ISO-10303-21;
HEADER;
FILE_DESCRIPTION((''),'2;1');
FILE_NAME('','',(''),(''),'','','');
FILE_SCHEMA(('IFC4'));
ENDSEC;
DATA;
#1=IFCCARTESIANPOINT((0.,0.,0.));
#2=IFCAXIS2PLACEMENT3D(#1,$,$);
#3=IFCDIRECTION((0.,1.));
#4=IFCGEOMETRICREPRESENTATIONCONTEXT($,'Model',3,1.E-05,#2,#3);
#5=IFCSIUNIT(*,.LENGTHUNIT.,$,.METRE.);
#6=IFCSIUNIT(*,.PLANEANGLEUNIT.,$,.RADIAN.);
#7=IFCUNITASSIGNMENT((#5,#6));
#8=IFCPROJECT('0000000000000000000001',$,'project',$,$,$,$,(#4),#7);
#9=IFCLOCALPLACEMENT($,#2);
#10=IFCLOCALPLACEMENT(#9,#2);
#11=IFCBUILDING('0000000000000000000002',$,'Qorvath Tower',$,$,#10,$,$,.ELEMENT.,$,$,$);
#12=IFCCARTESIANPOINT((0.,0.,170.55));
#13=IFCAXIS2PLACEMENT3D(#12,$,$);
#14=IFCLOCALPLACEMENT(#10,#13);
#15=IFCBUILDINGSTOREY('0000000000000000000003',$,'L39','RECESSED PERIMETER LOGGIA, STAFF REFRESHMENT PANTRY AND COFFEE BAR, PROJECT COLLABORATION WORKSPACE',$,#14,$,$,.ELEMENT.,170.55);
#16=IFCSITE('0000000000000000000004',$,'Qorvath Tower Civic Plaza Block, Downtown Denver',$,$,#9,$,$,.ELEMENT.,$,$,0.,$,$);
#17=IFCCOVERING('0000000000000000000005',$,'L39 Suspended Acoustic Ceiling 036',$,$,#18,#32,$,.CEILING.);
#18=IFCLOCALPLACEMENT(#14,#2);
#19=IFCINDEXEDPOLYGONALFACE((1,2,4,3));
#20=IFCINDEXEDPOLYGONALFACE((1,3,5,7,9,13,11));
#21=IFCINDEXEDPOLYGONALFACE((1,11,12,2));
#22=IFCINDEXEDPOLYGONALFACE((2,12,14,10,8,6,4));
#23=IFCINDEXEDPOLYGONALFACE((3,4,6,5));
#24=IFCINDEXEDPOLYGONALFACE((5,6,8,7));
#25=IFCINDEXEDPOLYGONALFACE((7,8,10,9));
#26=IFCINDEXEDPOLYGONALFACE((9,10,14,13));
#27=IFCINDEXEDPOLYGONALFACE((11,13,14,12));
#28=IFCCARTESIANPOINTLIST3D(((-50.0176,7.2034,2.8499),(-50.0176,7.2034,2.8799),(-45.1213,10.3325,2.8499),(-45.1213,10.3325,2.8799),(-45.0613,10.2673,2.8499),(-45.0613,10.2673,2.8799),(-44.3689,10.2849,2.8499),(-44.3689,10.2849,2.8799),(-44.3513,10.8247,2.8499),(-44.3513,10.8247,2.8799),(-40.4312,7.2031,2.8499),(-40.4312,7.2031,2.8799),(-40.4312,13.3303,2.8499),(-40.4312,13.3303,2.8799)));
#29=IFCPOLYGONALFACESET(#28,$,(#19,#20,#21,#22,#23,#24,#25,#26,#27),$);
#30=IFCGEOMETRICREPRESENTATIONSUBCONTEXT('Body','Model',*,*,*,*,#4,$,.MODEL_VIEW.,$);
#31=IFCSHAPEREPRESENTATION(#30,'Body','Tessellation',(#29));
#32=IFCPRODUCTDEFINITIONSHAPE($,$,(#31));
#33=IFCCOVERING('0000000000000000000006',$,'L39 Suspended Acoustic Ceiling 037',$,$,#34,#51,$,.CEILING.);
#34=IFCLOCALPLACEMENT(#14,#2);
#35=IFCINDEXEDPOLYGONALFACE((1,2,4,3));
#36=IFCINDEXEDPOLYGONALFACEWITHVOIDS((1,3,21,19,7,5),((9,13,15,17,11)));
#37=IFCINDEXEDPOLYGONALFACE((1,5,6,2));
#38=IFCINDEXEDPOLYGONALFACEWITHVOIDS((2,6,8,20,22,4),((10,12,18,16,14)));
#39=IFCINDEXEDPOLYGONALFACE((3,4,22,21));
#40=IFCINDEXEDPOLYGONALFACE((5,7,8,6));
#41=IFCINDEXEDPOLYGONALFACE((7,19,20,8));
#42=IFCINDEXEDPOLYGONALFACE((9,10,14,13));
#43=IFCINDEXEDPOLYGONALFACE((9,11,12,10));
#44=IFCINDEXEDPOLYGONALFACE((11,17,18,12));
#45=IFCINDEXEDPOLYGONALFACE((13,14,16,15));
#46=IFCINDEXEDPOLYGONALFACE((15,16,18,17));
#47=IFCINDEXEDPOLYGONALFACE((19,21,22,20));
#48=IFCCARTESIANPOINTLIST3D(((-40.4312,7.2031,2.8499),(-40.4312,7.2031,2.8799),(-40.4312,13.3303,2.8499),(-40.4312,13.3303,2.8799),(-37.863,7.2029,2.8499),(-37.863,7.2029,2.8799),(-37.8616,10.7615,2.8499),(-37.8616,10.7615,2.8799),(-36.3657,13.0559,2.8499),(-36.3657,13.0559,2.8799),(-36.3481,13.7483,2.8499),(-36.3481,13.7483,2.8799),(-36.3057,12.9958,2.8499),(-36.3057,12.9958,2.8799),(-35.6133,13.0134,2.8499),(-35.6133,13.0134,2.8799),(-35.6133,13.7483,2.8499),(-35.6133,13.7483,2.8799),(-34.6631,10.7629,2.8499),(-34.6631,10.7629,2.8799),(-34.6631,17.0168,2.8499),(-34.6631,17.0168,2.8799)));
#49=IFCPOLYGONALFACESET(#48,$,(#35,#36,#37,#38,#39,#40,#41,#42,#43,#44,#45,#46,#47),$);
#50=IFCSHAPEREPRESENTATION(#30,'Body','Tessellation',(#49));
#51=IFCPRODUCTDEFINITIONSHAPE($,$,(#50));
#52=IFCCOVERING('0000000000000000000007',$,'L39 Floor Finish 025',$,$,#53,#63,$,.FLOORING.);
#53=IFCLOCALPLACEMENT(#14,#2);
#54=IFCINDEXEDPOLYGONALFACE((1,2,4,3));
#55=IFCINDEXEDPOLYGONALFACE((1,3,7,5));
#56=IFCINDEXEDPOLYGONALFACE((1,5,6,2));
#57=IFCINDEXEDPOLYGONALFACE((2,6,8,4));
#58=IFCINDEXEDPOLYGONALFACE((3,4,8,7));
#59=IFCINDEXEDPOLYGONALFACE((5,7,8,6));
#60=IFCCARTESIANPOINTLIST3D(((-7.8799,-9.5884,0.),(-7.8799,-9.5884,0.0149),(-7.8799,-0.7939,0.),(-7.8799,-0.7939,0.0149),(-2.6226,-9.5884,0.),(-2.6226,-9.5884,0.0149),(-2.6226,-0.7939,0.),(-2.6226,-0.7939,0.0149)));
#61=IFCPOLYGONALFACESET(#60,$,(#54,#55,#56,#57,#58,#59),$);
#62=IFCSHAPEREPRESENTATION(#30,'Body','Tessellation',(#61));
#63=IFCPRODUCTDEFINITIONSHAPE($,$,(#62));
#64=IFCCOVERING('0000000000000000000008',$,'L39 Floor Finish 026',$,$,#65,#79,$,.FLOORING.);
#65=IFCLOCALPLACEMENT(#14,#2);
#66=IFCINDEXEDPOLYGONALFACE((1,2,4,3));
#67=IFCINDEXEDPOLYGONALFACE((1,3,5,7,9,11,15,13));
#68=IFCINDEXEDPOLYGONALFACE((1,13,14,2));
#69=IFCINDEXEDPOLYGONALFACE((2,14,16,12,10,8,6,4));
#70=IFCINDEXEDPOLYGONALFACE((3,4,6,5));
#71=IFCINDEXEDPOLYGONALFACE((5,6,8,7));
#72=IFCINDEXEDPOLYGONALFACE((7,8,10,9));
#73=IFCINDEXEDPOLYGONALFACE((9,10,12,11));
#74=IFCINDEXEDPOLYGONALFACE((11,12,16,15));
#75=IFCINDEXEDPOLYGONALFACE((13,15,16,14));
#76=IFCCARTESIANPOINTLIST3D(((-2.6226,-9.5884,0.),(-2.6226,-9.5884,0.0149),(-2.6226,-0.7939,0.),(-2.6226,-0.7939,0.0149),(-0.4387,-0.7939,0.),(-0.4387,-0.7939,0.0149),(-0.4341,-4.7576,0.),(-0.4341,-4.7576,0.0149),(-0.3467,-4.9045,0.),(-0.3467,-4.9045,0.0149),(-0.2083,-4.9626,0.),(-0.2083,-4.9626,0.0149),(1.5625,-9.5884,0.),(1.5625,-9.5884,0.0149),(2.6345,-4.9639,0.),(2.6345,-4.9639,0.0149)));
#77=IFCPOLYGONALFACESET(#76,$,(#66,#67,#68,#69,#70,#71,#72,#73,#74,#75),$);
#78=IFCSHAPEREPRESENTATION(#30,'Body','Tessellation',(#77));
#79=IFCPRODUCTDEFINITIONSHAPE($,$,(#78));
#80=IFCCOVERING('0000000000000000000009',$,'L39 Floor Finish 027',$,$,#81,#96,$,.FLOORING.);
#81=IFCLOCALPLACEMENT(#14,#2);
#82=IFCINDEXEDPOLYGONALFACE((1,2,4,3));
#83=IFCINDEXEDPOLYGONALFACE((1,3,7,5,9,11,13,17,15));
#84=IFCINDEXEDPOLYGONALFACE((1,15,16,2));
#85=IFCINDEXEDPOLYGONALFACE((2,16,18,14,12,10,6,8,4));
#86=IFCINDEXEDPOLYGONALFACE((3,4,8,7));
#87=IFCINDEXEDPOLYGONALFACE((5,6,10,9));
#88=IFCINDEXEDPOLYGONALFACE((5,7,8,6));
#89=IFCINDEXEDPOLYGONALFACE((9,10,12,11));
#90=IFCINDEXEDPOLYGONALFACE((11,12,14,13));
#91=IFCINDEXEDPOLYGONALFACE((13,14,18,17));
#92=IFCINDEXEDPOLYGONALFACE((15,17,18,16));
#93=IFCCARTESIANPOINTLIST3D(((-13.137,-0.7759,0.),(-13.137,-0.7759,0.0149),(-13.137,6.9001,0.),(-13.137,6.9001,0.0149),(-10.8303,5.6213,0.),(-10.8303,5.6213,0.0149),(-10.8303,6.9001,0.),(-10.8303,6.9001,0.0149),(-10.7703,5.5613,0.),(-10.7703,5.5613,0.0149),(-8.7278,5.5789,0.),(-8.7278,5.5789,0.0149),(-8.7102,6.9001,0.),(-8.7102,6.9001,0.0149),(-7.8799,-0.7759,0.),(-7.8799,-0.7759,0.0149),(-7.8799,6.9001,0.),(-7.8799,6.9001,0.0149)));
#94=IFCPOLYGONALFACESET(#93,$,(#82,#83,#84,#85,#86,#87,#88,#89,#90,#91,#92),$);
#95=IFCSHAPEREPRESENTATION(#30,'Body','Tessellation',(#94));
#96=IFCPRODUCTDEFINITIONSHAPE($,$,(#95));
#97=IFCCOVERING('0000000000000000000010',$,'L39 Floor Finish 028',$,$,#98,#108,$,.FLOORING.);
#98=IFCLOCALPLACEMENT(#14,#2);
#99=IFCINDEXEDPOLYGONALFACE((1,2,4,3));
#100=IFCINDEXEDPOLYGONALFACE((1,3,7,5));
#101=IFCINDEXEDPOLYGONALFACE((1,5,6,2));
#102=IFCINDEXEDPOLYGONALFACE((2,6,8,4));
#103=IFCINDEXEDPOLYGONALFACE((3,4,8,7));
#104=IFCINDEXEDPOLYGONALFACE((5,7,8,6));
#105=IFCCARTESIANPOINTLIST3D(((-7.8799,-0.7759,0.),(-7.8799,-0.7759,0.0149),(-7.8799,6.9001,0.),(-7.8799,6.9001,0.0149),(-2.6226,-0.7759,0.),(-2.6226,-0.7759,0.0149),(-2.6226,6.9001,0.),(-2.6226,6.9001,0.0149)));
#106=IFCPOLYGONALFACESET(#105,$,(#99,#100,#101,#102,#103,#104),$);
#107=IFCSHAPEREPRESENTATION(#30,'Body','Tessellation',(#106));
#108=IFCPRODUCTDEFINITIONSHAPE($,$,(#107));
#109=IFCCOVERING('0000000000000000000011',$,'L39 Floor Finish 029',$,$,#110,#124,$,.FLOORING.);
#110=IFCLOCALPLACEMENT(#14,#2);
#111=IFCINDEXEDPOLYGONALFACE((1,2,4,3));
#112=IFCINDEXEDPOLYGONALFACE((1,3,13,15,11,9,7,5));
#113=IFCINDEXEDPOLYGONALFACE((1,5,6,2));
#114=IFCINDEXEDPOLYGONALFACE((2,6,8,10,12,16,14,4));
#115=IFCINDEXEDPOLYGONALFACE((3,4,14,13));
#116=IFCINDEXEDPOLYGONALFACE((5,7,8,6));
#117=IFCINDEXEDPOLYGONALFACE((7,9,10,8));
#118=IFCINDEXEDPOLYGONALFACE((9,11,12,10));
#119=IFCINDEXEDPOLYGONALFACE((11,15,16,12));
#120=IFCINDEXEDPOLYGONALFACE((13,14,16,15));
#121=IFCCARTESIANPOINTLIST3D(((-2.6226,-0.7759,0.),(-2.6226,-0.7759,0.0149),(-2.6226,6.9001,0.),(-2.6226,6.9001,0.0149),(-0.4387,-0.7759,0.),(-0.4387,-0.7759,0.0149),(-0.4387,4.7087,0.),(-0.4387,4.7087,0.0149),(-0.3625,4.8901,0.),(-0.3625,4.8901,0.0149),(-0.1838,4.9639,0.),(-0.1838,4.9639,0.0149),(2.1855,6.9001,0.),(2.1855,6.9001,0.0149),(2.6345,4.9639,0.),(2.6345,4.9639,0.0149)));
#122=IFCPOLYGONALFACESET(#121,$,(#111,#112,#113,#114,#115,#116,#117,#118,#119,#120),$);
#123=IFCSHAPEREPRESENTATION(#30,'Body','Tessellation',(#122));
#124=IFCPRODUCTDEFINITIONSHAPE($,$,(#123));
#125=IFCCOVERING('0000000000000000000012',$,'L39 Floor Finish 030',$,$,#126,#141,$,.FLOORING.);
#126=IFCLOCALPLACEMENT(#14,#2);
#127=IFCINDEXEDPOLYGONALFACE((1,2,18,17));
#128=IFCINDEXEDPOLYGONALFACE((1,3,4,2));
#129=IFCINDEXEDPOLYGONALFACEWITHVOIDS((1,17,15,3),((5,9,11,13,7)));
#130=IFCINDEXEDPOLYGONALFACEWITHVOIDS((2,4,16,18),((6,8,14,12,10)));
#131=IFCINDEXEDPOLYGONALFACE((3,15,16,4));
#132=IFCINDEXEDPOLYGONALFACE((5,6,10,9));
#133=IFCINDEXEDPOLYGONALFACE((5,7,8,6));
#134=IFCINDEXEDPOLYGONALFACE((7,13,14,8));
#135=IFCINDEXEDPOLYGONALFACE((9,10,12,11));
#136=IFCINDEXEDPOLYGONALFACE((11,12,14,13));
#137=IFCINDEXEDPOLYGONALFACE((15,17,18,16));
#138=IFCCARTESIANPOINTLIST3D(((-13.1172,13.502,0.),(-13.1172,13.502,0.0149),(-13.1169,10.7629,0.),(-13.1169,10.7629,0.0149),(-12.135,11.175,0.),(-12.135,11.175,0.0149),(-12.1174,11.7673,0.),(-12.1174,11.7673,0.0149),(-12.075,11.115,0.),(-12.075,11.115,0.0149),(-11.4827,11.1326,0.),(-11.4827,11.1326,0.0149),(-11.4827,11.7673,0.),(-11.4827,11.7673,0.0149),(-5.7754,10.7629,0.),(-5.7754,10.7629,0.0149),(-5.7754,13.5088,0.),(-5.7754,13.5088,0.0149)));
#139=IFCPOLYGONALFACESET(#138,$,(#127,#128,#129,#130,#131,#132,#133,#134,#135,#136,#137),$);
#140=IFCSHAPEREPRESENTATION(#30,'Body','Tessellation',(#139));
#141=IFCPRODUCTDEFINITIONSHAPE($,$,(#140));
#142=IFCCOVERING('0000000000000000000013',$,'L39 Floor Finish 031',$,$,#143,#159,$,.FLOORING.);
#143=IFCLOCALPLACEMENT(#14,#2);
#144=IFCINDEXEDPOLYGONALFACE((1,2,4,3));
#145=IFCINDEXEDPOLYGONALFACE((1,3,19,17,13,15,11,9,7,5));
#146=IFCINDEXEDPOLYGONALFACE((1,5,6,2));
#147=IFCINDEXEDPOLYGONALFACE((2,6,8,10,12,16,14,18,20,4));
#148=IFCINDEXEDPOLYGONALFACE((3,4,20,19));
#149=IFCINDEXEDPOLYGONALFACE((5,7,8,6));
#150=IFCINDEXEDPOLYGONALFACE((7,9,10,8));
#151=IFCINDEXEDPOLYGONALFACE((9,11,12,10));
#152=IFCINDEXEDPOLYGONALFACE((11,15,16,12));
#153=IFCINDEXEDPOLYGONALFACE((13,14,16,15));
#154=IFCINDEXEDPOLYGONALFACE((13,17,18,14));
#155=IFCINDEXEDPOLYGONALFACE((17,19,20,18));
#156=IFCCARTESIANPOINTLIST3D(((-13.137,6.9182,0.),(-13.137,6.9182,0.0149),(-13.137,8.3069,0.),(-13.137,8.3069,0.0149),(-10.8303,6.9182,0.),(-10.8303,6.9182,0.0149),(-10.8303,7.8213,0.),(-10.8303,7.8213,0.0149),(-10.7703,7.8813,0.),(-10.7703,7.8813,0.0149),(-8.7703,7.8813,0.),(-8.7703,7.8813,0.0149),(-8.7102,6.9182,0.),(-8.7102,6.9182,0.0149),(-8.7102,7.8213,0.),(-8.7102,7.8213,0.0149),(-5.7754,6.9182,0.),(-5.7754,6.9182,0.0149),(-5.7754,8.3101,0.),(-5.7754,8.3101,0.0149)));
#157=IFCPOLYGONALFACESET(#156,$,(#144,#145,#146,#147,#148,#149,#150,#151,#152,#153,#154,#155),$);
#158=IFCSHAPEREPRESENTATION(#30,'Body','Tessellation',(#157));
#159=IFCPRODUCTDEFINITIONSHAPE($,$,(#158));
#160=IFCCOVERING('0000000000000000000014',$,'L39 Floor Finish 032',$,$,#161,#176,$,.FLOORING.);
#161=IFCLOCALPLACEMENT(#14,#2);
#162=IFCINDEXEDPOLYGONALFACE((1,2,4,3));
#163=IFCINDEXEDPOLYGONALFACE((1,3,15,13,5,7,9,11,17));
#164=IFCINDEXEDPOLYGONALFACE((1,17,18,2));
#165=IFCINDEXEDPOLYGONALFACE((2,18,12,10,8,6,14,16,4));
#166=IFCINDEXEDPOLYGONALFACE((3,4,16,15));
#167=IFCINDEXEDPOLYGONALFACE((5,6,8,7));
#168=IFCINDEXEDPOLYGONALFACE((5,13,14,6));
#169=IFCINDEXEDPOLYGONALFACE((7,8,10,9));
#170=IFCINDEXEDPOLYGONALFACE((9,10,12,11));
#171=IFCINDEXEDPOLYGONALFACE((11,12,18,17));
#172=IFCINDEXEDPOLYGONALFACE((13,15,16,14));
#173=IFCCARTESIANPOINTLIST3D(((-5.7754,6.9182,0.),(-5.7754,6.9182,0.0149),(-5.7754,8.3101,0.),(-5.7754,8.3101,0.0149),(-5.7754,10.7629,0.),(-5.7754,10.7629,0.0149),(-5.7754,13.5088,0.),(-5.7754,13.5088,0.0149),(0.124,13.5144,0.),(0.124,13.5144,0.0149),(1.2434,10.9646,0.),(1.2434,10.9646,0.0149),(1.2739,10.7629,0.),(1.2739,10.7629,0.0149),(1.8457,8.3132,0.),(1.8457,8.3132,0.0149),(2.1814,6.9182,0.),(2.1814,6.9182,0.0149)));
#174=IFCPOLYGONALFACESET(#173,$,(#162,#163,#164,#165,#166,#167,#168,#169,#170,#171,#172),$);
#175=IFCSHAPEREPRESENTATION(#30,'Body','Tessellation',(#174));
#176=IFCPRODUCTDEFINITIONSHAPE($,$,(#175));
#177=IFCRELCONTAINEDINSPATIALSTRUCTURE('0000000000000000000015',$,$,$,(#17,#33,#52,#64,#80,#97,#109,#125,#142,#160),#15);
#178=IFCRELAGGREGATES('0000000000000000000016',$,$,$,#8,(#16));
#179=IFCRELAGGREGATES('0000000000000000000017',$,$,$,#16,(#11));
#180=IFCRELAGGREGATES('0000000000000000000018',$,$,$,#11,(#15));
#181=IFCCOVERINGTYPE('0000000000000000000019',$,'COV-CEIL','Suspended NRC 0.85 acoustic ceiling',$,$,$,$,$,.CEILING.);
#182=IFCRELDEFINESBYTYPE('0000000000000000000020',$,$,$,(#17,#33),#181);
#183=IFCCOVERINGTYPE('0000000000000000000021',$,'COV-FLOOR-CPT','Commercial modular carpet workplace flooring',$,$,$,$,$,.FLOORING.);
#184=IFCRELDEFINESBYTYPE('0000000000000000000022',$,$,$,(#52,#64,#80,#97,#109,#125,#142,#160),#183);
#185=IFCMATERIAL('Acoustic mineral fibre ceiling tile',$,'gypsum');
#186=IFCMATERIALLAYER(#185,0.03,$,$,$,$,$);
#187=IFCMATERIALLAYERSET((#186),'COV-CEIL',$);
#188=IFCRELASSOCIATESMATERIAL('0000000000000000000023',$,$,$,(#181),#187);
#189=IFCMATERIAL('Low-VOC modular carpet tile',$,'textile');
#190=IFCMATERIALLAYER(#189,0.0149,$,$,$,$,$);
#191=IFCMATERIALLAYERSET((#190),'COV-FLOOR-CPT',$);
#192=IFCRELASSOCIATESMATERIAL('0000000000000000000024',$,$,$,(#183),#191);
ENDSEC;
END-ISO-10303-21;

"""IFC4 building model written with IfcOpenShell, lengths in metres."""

from ifc_helpers import new_model, si_unit, direction, frame, origin, place, context, subcontext, project, spatial, polyline, outline, extrude, material, layer, layer_set, type_object, element, save


model = new_model("IFC4")

# Units and contexts
model_context = context("Model", 3, precision=1e-05, world=origin(), true_north=direction((0.0, 1.0)))
body_context = subcontext(model_context, "Body", "Model", "MODEL_VIEW")
ifc_project = project(units=[si_unit("LENGTHUNIT", "METRE"), si_unit("PLANEANGLEUNIT", "RADIAN")], contexts=[model_context])

# Site, building, storey
site_placement = place(None, origin())
site = spatial("IfcSite", under=ifc_project, at=site_placement, Name="Qorvath Tower Civic Plaza Block, Downtown Denver", CompositionType="ELEMENT", RefElevation=0.0)
building_placement = place(site_placement, origin())
building = spatial("IfcBuilding", under=site, at=building_placement, Name="Qorvath Tower", CompositionType="ELEMENT")
storey_placement = place(building_placement, frame((0.0, 0.0, 170.55)))
storey = spatial("IfcBuildingStorey", under=building, at=storey_placement, Name="L39", Description="RECESSED PERIMETER LOGGIA, STAFF REFRESHMENT PANTRY AND COFFEE BAR, PROJECT COLLABORATION WORKSPACE", CompositionType="ELEMENT", Elevation=170.55)

# Coverings
ifc_material_1 = material(Name="Acoustic mineral fibre ceiling tile", Category="gypsum")
ifc_layer_1 = layer(ifc_material_1, 0.03)
ifc_layer_set_1 = layer_set([ifc_layer_1], Name="COV-CEIL")
covering_type_1 = type_object("IfcCoveringType", Name="COV-CEIL", Description="Suspended NRC 0.85 acoustic ceiling", PredefinedType="CEILING", material=ifc_layer_set_1)
covering_1_placement = place(storey_placement, frame((0.0, 0.0, 2.8499)))
element("IfcCovering", 1, at=covering_1_placement, inside=storey, type_object=covering_type_1, Name="L39 Suspended Acoustic Ceiling 036", PredefinedType="CEILING", context=body_context, shape_type="SweptSolid", body=[
    extrude(outline(polyline([(-40.4312, 7.2031), (-40.4312, 13.3303), (-44.3513, 10.8247), (-44.3689, 10.2849), (-45.0613, 10.2673), (-45.1213, 10.3325), (-50.0176, 7.2034), (-40.4312, 7.2031)])), origin(), (0.0, 0.0, 1.0), 0.03),
])
covering_2_placement = place(storey_placement, frame((0.0, 0.0, 2.8499)))
element("IfcCovering", 2, at=covering_2_placement, inside=storey, type_object=covering_type_1, Name="L39 Suspended Acoustic Ceiling 037", PredefinedType="CEILING", context=body_context, shape_type="SweptSolid", body=[
    extrude(outline(polyline([(-34.6631, 10.7629), (-34.6631, 17.0168), (-40.4312, 13.3303), (-40.4312, 7.2031), (-37.863, 7.2029), (-37.8616, 10.7615), (-34.6631, 10.7629)]), holes=[polyline([(-36.3657, 13.0559), (-36.3481, 13.7483), (-35.6133, 13.7483), (-35.6133, 13.0134), (-36.3057, 12.9958), (-36.3657, 13.0559)])]), origin(), (0.0, 0.0, 1.0), 0.03),
])
ifc_material_2 = material(Name="Low-VOC modular carpet tile", Category="textile")
ifc_layer_2 = layer(ifc_material_2, 0.0149)
ifc_layer_set_2 = layer_set([ifc_layer_2], Name="COV-FLOOR-CPT")
covering_type_2 = type_object("IfcCoveringType", Name="COV-FLOOR-CPT", Description="Commercial modular carpet workplace flooring", PredefinedType="FLOORING", material=ifc_layer_set_2)
covering_3_placement = place(storey_placement, origin())
element("IfcCovering", 3, at=covering_3_placement, inside=storey, type_object=covering_type_2, Name="L39 Floor Finish 025", PredefinedType="FLOORING", context=body_context, shape_type="SweptSolid", body=[
    extrude(outline(polyline([(-2.6226, -9.5884), (-2.6226, -0.7939), (-7.8799, -0.7939), (-7.8799, -9.5884), (-2.6226, -9.5884)])), origin(), (0.0, 0.0, 1.0), 0.0149),
])
covering_4_placement = place(storey_placement, origin())
element("IfcCovering", 4, at=covering_4_placement, inside=storey, type_object=covering_type_2, Name="L39 Floor Finish 026", PredefinedType="FLOORING", context=body_context, shape_type="SweptSolid", body=[
    extrude(outline(polyline([(-0.3467, -4.9045), (-0.4341, -4.7576), (-0.4387, -0.7939), (-2.6226, -0.7939), (-2.6226, -9.5884), (1.5625, -9.5884), (2.6345, -4.9639), (-0.2083, -4.9626), (-0.3467, -4.9045)])), origin(), (0.0, 0.0, 1.0), 0.0149),
])
covering_5_placement = place(storey_placement, origin())
element("IfcCovering", 5, at=covering_5_placement, inside=storey, type_object=covering_type_2, Name="L39 Floor Finish 027", PredefinedType="FLOORING", context=body_context, shape_type="SweptSolid", body=[
    extrude(outline(polyline([(-7.8799, -0.7759), (-7.8799, 6.9001), (-8.7102, 6.9001), (-8.7278, 5.5789), (-10.7703, 5.5613), (-10.8303, 5.6213), (-10.8303, 6.9001), (-13.137, 6.9001), (-13.137, -0.7759), (-7.8799, -0.7759)])), origin(), (0.0, 0.0, 1.0), 0.0149),
])
covering_6_placement = place(storey_placement, origin())
element("IfcCovering", 6, at=covering_6_placement, inside=storey, type_object=covering_type_2, Name="L39 Floor Finish 028", PredefinedType="FLOORING", context=body_context, shape_type="SweptSolid", body=[
    extrude(outline(polyline([(-2.6226, -0.7759), (-2.6226, 6.9001), (-7.8799, 6.9001), (-7.8799, -0.7759), (-2.6226, -0.7759)])), origin(), (0.0, 0.0, 1.0), 0.0149),
])
covering_7_placement = place(storey_placement, origin())
element("IfcCovering", 7, at=covering_7_placement, inside=storey, type_object=covering_type_2, Name="L39 Floor Finish 029", PredefinedType="FLOORING", context=body_context, shape_type="SweptSolid", body=[
    extrude(outline(polyline([(-0.3625, 4.8901), (-0.1838, 4.9639), (2.6345, 4.9639), (2.1855, 6.9001), (-2.6226, 6.9001), (-2.6226, -0.7759), (-0.4387, -0.7759), (-0.4387, 4.7087), (-0.3625, 4.8901)])), origin(), (0.0, 0.0, 1.0), 0.0149),
])
covering_8_placement = place(storey_placement, origin())
element("IfcCovering", 8, at=covering_8_placement, inside=storey, type_object=covering_type_2, Name="L39 Floor Finish 030", PredefinedType="FLOORING", context=body_context, shape_type="SweptSolid", body=[
    extrude(outline(polyline([(-5.7754, 10.7629), (-5.7754, 13.5088), (-13.1172, 13.502), (-13.1169, 10.7629), (-5.7754, 10.7629)]), holes=[polyline([(-12.135, 11.175), (-12.1174, 11.7673), (-11.4827, 11.7673), (-11.4827, 11.1326), (-12.075, 11.115), (-12.135, 11.175)])]), origin(), (0.0, 0.0, 1.0), 0.0149),
])
covering_9_placement = place(storey_placement, origin())
element("IfcCovering", 9, at=covering_9_placement, inside=storey, type_object=covering_type_2, Name="L39 Floor Finish 031", PredefinedType="FLOORING", context=body_context, shape_type="SweptSolid", body=[
    extrude(outline(polyline([(-8.7102, 7.8213), (-8.7102, 6.9182), (-5.7754, 6.9182), (-5.7754, 8.3101), (-13.137, 8.3069), (-13.137, 6.9182), (-10.8303, 6.9182), (-10.8303, 7.8213), (-10.7703, 7.8813), (-8.7703, 7.8813), (-8.7102, 7.8213)])), origin(), (0.0, 0.0, 1.0), 0.0149),
])
covering_10_placement = place(storey_placement, origin())
element("IfcCovering", 10, at=covering_10_placement, inside=storey, type_object=covering_type_2, Name="L39 Floor Finish 032", PredefinedType="FLOORING", context=body_context, shape_type="SweptSolid", body=[
    extrude(outline(polyline([(-5.7754, 8.3101), (-5.7754, 6.9182), (2.1814, 6.9182), (1.2434, 10.9646), (0.124, 13.5144), (-5.7754, 13.5088), (-5.7754, 10.7629), (1.2739, 10.7629), (1.8457, 8.3132), (-5.7754, 8.3101)])), origin(), (0.0, 0.0, 1.0), 0.0149),
])

save(model, "model.ifc")
